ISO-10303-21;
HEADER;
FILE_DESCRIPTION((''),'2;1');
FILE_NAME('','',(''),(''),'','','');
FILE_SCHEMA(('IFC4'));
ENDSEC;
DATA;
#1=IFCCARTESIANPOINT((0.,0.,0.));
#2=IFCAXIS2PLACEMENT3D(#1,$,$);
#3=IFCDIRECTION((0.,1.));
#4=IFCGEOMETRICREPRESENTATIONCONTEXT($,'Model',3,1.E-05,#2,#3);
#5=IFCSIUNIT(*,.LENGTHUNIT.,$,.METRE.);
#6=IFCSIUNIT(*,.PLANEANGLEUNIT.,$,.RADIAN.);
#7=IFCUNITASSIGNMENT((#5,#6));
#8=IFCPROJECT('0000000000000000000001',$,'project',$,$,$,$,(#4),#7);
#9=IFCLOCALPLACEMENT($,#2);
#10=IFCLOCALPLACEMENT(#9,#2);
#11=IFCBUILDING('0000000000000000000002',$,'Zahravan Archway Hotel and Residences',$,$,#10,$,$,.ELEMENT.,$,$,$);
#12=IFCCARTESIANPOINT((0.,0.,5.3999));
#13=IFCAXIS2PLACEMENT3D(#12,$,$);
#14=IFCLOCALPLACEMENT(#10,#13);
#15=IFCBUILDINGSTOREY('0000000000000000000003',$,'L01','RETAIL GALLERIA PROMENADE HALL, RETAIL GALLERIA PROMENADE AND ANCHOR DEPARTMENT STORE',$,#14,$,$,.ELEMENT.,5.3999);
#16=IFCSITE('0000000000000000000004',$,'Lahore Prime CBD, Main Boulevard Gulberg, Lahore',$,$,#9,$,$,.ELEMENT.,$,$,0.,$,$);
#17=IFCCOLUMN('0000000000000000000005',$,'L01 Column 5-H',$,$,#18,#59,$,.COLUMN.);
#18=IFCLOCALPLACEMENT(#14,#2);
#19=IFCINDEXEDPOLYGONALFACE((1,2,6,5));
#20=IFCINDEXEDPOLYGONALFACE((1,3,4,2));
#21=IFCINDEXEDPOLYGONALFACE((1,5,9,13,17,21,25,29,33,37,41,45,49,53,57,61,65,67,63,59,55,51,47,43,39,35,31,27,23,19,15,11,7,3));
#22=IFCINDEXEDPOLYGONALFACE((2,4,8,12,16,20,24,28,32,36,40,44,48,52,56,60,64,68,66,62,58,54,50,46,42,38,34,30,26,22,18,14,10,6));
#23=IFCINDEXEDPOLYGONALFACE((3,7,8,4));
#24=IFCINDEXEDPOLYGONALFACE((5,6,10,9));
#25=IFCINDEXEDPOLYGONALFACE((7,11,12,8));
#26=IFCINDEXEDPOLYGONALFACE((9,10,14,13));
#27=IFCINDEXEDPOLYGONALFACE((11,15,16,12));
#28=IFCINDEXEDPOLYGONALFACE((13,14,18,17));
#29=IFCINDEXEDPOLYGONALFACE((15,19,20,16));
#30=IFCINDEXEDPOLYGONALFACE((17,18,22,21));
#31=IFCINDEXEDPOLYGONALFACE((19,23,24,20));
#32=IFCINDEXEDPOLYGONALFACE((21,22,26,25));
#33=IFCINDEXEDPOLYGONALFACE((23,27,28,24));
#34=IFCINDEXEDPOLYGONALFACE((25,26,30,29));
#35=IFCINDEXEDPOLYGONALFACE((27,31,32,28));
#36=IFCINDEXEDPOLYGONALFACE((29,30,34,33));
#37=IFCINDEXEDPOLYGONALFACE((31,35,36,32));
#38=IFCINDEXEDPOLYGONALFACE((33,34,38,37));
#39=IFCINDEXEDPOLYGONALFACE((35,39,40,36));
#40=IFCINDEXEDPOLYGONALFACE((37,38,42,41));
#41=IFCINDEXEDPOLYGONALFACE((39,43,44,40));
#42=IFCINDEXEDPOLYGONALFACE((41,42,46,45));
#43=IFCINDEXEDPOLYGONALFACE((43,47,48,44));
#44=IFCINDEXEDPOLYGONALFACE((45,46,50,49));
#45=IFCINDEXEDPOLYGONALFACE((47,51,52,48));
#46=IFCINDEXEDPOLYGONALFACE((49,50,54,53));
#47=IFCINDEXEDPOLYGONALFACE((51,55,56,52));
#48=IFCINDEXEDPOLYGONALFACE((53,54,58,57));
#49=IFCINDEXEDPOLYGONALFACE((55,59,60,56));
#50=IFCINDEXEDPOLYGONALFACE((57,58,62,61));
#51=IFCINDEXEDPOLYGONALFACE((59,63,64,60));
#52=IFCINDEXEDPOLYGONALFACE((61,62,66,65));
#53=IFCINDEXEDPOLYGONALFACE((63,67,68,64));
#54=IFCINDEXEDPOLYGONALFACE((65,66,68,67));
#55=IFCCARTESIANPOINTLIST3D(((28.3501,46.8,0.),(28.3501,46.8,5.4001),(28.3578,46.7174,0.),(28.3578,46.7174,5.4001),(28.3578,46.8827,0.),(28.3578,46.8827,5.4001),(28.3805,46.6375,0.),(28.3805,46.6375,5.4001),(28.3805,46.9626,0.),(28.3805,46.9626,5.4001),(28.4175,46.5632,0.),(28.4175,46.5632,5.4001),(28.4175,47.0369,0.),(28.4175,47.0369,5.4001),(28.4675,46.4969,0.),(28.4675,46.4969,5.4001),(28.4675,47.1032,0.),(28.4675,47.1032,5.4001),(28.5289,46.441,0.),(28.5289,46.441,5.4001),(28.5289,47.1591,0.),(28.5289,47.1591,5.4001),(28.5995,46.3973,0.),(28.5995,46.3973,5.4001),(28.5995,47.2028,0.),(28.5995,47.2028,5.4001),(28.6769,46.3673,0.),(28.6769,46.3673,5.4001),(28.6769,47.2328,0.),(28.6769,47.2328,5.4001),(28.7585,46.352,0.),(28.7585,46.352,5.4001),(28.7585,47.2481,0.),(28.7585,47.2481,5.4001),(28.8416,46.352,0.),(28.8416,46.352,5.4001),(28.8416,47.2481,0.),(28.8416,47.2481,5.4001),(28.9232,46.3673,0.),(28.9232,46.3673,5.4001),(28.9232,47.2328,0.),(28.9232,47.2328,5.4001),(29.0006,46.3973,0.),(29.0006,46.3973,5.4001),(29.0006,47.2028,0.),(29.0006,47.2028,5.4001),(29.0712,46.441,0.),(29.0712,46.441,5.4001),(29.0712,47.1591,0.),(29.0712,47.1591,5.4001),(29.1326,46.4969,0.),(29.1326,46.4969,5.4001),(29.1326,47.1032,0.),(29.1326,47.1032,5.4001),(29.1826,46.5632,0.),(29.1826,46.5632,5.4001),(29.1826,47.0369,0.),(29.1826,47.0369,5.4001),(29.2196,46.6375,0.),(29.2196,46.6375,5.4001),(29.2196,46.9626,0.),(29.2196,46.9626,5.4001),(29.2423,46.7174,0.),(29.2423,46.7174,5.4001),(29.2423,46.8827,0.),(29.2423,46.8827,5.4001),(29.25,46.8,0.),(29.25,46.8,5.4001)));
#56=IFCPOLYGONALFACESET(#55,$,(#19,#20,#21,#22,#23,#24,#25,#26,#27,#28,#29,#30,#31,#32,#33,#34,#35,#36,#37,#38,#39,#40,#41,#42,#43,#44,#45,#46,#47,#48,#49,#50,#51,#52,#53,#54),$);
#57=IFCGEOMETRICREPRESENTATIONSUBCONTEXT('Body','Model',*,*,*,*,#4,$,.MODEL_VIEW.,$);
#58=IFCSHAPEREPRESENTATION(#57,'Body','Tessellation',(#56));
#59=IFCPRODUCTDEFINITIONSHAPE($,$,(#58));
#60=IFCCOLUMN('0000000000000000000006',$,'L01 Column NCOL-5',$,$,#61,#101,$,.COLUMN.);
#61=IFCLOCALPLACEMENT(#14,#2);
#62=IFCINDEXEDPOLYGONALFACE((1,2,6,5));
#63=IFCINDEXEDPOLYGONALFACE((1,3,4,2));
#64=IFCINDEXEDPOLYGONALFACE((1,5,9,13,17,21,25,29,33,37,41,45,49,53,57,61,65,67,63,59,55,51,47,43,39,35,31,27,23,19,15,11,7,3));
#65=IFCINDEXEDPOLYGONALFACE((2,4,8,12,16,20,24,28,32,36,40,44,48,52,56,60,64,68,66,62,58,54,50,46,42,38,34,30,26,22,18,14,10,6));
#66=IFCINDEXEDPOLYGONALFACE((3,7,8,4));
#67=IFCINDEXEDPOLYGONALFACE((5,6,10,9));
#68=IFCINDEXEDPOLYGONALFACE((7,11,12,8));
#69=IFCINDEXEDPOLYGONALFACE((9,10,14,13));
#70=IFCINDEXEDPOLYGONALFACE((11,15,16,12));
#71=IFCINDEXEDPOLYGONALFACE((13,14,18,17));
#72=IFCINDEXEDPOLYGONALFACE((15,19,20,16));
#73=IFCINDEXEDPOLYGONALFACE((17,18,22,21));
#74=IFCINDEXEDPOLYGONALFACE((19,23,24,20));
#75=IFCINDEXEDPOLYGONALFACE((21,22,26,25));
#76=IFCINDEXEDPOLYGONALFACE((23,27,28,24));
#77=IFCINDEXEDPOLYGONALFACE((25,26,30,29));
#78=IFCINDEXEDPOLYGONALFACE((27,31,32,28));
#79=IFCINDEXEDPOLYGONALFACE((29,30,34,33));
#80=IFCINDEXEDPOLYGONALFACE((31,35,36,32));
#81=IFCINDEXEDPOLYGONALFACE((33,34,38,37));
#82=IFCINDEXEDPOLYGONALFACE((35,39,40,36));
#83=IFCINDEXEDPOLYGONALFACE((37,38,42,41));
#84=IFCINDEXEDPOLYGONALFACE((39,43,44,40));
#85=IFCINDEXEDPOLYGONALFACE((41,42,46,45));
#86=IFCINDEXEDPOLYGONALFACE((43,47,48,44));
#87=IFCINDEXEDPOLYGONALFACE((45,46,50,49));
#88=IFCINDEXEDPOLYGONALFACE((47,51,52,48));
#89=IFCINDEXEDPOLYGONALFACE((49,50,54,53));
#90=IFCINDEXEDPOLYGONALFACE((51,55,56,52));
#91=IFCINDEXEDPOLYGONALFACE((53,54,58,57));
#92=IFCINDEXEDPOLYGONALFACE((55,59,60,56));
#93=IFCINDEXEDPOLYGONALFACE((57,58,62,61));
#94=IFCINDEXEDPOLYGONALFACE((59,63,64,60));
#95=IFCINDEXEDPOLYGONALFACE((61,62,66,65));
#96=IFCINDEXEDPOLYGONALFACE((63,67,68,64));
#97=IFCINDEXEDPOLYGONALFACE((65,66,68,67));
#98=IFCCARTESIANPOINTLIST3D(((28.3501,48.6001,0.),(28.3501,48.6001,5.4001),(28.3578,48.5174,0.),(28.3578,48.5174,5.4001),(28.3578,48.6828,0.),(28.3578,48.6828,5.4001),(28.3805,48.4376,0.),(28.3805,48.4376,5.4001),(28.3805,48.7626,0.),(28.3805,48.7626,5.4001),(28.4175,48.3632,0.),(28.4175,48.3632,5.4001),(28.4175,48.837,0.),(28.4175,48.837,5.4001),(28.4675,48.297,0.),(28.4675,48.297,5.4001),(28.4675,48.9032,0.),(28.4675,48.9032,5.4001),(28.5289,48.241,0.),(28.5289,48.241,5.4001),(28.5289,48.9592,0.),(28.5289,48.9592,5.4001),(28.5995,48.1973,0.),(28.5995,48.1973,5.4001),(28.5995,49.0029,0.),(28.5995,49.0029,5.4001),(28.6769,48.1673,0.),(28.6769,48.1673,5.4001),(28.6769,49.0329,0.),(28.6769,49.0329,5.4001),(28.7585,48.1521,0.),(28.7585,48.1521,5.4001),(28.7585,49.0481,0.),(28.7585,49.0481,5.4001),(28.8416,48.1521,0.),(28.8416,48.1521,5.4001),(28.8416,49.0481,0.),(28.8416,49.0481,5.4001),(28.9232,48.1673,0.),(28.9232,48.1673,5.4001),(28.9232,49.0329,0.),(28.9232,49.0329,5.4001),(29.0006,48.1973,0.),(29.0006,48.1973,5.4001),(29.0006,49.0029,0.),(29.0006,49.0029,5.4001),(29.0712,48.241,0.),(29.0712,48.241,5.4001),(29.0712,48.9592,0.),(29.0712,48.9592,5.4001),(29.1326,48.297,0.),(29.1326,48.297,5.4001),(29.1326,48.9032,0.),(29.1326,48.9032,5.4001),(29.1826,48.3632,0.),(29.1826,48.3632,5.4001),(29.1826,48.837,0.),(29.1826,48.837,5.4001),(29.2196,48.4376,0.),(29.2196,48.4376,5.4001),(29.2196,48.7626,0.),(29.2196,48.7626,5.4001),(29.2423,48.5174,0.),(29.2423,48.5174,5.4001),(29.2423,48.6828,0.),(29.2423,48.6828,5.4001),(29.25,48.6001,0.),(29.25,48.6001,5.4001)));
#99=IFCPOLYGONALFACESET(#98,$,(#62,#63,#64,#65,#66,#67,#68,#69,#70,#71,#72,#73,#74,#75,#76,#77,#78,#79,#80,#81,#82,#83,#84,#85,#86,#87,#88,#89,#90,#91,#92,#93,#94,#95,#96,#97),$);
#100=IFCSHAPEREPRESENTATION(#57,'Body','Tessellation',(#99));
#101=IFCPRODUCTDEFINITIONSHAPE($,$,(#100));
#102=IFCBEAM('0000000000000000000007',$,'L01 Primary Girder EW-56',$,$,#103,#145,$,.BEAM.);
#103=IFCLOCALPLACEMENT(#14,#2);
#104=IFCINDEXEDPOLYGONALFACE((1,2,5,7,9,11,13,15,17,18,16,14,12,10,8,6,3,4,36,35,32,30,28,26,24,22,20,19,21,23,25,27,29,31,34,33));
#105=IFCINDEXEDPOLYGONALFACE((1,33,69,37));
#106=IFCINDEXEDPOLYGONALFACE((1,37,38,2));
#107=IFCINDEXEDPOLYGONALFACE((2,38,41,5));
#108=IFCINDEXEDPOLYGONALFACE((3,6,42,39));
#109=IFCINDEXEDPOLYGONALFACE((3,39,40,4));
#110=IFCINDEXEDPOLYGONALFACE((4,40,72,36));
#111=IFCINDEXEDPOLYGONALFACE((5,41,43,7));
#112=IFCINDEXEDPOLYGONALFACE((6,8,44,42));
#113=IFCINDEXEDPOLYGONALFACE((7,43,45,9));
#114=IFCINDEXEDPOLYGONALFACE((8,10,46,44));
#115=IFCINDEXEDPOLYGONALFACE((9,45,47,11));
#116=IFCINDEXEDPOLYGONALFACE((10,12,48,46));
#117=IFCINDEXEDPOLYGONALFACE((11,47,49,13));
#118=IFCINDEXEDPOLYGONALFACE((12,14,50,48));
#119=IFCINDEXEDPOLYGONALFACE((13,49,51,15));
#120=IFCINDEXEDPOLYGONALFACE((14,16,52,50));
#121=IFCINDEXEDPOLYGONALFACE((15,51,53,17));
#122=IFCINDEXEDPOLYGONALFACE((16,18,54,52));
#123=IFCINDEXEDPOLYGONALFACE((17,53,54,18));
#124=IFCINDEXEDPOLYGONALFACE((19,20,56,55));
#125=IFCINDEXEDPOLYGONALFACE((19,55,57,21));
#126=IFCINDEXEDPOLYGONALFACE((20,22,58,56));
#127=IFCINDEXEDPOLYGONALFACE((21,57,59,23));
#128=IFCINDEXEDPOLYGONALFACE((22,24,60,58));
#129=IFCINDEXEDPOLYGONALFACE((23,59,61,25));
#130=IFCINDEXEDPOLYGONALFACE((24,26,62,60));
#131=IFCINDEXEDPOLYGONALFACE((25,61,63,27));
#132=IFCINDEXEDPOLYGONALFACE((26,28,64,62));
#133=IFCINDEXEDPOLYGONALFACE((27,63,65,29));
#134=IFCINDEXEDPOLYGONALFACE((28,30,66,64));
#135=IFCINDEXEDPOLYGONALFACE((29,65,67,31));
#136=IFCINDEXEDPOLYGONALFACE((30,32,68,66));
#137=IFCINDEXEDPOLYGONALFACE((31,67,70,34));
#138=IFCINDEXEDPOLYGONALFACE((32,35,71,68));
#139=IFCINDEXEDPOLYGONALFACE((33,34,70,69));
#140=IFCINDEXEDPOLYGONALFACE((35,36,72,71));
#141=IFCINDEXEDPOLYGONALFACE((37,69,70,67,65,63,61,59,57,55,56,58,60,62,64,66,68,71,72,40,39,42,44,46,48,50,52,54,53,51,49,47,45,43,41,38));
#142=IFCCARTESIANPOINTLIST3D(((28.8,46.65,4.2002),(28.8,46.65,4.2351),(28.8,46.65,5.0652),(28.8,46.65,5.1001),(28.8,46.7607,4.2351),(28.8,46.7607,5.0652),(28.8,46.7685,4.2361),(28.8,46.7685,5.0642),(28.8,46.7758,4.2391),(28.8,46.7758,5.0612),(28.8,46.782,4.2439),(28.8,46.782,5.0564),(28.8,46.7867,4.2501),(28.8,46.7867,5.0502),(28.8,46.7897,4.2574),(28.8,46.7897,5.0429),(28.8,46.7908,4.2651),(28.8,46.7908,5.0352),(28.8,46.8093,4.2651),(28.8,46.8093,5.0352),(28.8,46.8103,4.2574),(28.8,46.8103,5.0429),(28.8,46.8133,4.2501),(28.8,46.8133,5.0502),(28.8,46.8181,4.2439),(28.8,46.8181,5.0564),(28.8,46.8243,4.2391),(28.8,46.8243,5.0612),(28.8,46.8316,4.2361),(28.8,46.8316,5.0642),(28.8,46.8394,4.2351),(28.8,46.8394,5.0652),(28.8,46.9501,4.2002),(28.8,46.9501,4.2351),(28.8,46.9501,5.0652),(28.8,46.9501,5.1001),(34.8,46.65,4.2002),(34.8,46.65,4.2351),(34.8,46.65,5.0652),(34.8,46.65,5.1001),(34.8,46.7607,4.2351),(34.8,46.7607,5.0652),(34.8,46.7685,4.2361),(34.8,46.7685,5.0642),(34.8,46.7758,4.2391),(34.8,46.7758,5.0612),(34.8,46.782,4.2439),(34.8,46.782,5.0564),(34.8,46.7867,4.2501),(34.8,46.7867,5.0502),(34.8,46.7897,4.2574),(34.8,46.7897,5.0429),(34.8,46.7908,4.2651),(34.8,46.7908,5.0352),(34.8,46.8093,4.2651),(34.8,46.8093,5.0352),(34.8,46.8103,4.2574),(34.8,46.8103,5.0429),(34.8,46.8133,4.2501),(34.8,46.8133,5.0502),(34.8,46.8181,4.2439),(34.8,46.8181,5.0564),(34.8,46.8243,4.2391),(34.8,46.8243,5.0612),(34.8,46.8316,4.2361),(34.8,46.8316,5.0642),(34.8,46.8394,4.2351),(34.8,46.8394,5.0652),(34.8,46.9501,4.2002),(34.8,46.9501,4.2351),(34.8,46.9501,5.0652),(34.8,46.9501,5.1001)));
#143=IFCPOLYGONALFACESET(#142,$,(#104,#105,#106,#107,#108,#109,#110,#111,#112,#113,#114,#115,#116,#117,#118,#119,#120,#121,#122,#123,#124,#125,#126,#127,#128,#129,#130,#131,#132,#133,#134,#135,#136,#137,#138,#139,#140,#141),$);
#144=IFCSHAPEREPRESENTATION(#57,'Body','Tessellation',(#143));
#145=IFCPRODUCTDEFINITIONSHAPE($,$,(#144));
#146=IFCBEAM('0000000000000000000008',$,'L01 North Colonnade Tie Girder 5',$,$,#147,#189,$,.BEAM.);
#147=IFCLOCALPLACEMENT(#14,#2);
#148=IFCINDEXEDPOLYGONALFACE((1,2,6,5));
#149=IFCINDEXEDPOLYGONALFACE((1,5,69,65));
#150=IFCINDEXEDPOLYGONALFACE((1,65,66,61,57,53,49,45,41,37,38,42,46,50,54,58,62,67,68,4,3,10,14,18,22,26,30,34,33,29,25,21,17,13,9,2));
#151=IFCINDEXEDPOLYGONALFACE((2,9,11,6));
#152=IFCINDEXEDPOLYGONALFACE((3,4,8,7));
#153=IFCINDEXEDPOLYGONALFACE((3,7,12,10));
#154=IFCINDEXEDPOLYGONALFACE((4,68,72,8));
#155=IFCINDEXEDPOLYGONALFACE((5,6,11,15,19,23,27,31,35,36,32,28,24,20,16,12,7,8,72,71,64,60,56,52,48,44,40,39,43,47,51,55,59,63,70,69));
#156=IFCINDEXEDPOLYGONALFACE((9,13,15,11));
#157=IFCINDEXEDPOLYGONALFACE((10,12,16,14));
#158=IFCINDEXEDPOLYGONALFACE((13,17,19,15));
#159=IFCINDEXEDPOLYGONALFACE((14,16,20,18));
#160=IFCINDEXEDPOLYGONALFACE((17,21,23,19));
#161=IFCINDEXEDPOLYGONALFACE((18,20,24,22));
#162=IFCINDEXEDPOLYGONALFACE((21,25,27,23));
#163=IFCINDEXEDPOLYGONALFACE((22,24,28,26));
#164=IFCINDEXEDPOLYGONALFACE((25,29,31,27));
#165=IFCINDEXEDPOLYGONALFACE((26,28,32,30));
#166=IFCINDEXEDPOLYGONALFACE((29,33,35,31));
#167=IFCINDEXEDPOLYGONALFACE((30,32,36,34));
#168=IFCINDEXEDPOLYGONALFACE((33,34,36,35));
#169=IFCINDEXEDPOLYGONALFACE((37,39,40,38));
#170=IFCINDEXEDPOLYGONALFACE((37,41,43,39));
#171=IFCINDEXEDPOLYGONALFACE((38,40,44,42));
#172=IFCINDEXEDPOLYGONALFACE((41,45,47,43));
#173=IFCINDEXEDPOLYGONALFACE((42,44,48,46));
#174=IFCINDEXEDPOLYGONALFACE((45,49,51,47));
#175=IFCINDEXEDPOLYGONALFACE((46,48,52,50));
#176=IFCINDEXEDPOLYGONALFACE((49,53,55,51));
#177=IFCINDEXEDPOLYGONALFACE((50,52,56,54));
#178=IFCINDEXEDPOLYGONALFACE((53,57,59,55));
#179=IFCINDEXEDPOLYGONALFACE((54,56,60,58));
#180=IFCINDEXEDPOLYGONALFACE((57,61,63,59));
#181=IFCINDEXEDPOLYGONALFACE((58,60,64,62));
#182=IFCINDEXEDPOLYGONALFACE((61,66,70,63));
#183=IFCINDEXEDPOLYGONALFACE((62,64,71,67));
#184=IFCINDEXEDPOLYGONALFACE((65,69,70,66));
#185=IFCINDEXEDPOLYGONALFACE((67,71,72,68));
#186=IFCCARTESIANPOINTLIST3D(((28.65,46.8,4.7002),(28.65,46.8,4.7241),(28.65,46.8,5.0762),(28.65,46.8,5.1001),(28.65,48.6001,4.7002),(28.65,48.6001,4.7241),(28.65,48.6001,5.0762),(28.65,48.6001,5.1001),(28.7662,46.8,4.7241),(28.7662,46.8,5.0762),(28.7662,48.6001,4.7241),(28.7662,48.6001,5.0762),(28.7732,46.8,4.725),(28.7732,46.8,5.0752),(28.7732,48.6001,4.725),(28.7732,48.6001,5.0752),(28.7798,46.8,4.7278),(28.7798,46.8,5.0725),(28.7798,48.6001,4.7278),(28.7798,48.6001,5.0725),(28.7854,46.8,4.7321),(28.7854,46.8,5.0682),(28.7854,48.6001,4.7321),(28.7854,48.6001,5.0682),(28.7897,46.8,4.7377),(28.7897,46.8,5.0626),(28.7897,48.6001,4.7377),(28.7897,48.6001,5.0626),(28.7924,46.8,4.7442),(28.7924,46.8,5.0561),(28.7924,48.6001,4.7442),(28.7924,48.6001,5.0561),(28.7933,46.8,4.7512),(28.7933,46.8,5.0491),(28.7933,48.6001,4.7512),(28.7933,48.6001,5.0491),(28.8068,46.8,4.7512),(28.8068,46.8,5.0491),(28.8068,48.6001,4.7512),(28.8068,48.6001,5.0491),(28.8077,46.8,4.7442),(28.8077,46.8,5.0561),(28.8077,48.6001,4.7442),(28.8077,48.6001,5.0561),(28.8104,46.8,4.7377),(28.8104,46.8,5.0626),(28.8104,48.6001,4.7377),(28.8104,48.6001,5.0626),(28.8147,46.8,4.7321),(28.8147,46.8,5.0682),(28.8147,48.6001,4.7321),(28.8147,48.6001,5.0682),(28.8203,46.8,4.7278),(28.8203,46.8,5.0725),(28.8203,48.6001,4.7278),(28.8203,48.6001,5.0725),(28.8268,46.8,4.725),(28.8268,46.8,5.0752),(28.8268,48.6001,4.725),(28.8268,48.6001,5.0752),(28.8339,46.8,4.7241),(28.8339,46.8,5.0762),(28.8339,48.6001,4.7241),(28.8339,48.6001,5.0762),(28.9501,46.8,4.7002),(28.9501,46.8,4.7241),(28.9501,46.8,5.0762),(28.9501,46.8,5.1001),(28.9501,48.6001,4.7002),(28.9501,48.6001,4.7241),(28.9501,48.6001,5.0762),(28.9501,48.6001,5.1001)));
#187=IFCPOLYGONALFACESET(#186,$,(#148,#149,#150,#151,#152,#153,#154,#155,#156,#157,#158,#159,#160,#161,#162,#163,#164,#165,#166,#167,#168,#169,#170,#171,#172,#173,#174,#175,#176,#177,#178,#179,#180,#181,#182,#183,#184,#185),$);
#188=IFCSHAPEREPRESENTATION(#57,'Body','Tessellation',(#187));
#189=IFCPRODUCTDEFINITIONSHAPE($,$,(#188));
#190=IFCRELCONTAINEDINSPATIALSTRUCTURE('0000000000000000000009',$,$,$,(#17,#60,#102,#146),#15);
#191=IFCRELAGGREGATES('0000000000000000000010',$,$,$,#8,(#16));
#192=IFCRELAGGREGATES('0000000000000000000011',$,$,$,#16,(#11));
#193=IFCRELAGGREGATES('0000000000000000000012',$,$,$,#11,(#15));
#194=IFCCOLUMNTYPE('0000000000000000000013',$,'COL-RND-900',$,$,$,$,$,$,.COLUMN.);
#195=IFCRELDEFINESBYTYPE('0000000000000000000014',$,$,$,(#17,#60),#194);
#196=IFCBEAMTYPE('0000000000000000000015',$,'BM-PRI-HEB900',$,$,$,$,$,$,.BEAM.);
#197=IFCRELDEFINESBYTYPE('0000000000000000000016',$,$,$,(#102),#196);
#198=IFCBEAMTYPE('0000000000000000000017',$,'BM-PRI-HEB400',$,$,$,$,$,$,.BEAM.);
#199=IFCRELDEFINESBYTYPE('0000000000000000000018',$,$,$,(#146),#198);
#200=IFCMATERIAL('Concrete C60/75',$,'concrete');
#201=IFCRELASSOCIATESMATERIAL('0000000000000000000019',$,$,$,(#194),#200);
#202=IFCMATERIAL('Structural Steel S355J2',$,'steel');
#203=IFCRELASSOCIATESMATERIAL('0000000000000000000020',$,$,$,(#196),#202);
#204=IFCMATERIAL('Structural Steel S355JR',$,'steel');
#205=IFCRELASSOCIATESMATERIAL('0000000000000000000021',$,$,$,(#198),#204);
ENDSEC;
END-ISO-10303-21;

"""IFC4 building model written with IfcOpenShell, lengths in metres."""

from ifc_helpers import new_model, si_unit, direction, frame, origin, origin_2d, place, context, subcontext, project, spatial, circle, i_section, extrude, source, transform, mapped, material, material_profile, profile_set, type_object, element, save


model = new_model("IFC4")

# Units and contexts
model_context = context("Model", 3, precision=1e-05, world=origin(), true_north=direction((0.0, 1.0)))
body_context = subcontext(model_context, "Body", "Model", "MODEL_VIEW")
ifc_project = project(units=[si_unit("LENGTHUNIT", "METRE"), si_unit("PLANEANGLEUNIT", "RADIAN")], contexts=[model_context])

# Site, building, storey
site_placement = place(None, origin())
site = spatial("IfcSite", under=ifc_project, at=site_placement, Name="Lahore Prime CBD, Main Boulevard Gulberg, Lahore", CompositionType="ELEMENT", RefElevation=0.0)
building_placement = place(site_placement, origin())
building = spatial("IfcBuilding", under=site, at=building_placement, Name="Zahravan Archway Hotel and Residences", CompositionType="ELEMENT")
storey_placement = place(building_placement, frame((0.0, 0.0, 5.3999)))
storey = spatial("IfcBuildingStorey", under=building, at=storey_placement, Name="L01", Description="RETAIL GALLERIA PROMENADE HALL, RETAIL GALLERIA PROMENADE AND ANCHOR DEPARTMENT STORE", CompositionType="ELEMENT", Elevation=5.3999)

# Columns
ifc_material_1 = material(Name="Concrete C60/75", Category="concrete")
ifc_material_profile_1 = material_profile(ifc_material_1, circle(Radius=0.45, at=origin_2d()), Name="RC-CIRC-900", Category="concrete")
ifc_profile_set_1 = profile_set([ifc_material_profile_1], Name="Concrete C60/75")
column_type = type_object("IfcColumnType", Name="COL-RND-900", PredefinedType="COLUMN", material=ifc_profile_set_1)
shared_shape_1 = source(origin(), body_context, "Body", "SweptSolid", [
    extrude(circle(Radius=0.45, at=origin_2d()), origin(), (0.0, 0.0, 1.0), 5.4001),
])
for number, where, z_axis, x_axis, name in (
    (1, (28.8, 46.8, 0.0), (0.0, 0.0, 1.0), (1.0, 0.0, 0.0), "L01 Column 5-H"),
    (2, (28.8, 48.6001, 0.0), (0.0, 0.0, 1.0), (1.0, 0.0, 0.0), "L01 Column NCOL-5"),
):
    element("IfcColumn", number, at=place(storey_placement, frame(where, z_axis=z_axis, x_axis=x_axis)), inside=storey, type_object=column_type, Name=name, PredefinedType="COLUMN", context=body_context, shape_type="MappedRepresentation", body=[
        mapped(shared_shape_1, transform((0.0, 0.0, 0.0), scale=1.0)),
    ])

# Beams
ifc_material_2 = material(Name="Structural Steel S355J2", Category="steel")
ifc_material_profile_2 = material_profile(ifc_material_2, i_section(OverallWidth=0.3, OverallDepth=0.8999, WebThickness=0.0186, FlangeThickness=0.0349, FilletRadius=0.03, at=origin_2d()), Name="HEB 900", Category="steel")
ifc_profile_set_2 = profile_set([ifc_material_profile_2], Name="Structural Steel S355J2")
beam_type_1 = type_object("IfcBeamType", Name="BM-PRI-HEB900", PredefinedType="BEAM", material=ifc_profile_set_2)
shared_shape_2 = source(origin(), body_context, "Body", "SweptSolid", [
    extrude(i_section(OverallWidth=0.3, OverallDepth=0.8999, WebThickness=0.0186, FlangeThickness=0.0349, FilletRadius=0.03, at=origin_2d()), origin(), (0.0, 0.0, 1.0), 6.0),
])
beam_1_placement = place(storey_placement, frame((28.8, 46.8, 4.6501), z_axis=(1.0, 0.0, 0.0), x_axis=(0.0, 1.0, 0.0)))
element("IfcBeam", 3, at=beam_1_placement, inside=storey, type_object=beam_type_1, Name="L01 Primary Girder EW-56", PredefinedType="BEAM", context=body_context, shape_type="MappedRepresentation", body=[
    mapped(shared_shape_2, transform((0.0, 0.0, 0.0), scale=1.0)),
])
ifc_material_3 = material(Name="Structural Steel S355JR", Category="steel")
ifc_material_profile_3 = material_profile(ifc_material_3, i_section(OverallWidth=0.3, OverallDepth=0.3999, WebThickness=0.0134, FlangeThickness=0.0239, FilletRadius=0.0271, at=origin_2d()), Name="HEB 400", Category="steel")
ifc_profile_set_3 = profile_set([ifc_material_profile_3], Name="Structural Steel S355JR")
beam_type_2 = type_object("IfcBeamType", Name="BM-PRI-HEB400", PredefinedType="BEAM", material=ifc_profile_set_3)
shared_shape_3 = source(origin(), body_context, "Body", "SweptSolid", [
    extrude(i_section(OverallWidth=0.3, OverallDepth=0.3999, WebThickness=0.0134, FlangeThickness=0.0239, FilletRadius=0.0271, at=origin_2d()), origin(), (0.0, 0.0, 1.0), 1.8),
])
beam_2_placement = place(storey_placement, frame((28.8, 46.8, 4.9001), z_axis=(0.0, 1.0, 0.0), x_axis=(-1.0, 0.0, 0.0)))
element("IfcBeam", 4, at=beam_2_placement, inside=storey, type_object=beam_type_2, Name="L01 North Colonnade Tie Girder 5", PredefinedType="BEAM", context=body_context, shape_type="MappedRepresentation", body=[
    mapped(shared_shape_3, transform((0.0, 0.0, 0.0), scale=1.0)),
])

save(model, "model.ifc")
